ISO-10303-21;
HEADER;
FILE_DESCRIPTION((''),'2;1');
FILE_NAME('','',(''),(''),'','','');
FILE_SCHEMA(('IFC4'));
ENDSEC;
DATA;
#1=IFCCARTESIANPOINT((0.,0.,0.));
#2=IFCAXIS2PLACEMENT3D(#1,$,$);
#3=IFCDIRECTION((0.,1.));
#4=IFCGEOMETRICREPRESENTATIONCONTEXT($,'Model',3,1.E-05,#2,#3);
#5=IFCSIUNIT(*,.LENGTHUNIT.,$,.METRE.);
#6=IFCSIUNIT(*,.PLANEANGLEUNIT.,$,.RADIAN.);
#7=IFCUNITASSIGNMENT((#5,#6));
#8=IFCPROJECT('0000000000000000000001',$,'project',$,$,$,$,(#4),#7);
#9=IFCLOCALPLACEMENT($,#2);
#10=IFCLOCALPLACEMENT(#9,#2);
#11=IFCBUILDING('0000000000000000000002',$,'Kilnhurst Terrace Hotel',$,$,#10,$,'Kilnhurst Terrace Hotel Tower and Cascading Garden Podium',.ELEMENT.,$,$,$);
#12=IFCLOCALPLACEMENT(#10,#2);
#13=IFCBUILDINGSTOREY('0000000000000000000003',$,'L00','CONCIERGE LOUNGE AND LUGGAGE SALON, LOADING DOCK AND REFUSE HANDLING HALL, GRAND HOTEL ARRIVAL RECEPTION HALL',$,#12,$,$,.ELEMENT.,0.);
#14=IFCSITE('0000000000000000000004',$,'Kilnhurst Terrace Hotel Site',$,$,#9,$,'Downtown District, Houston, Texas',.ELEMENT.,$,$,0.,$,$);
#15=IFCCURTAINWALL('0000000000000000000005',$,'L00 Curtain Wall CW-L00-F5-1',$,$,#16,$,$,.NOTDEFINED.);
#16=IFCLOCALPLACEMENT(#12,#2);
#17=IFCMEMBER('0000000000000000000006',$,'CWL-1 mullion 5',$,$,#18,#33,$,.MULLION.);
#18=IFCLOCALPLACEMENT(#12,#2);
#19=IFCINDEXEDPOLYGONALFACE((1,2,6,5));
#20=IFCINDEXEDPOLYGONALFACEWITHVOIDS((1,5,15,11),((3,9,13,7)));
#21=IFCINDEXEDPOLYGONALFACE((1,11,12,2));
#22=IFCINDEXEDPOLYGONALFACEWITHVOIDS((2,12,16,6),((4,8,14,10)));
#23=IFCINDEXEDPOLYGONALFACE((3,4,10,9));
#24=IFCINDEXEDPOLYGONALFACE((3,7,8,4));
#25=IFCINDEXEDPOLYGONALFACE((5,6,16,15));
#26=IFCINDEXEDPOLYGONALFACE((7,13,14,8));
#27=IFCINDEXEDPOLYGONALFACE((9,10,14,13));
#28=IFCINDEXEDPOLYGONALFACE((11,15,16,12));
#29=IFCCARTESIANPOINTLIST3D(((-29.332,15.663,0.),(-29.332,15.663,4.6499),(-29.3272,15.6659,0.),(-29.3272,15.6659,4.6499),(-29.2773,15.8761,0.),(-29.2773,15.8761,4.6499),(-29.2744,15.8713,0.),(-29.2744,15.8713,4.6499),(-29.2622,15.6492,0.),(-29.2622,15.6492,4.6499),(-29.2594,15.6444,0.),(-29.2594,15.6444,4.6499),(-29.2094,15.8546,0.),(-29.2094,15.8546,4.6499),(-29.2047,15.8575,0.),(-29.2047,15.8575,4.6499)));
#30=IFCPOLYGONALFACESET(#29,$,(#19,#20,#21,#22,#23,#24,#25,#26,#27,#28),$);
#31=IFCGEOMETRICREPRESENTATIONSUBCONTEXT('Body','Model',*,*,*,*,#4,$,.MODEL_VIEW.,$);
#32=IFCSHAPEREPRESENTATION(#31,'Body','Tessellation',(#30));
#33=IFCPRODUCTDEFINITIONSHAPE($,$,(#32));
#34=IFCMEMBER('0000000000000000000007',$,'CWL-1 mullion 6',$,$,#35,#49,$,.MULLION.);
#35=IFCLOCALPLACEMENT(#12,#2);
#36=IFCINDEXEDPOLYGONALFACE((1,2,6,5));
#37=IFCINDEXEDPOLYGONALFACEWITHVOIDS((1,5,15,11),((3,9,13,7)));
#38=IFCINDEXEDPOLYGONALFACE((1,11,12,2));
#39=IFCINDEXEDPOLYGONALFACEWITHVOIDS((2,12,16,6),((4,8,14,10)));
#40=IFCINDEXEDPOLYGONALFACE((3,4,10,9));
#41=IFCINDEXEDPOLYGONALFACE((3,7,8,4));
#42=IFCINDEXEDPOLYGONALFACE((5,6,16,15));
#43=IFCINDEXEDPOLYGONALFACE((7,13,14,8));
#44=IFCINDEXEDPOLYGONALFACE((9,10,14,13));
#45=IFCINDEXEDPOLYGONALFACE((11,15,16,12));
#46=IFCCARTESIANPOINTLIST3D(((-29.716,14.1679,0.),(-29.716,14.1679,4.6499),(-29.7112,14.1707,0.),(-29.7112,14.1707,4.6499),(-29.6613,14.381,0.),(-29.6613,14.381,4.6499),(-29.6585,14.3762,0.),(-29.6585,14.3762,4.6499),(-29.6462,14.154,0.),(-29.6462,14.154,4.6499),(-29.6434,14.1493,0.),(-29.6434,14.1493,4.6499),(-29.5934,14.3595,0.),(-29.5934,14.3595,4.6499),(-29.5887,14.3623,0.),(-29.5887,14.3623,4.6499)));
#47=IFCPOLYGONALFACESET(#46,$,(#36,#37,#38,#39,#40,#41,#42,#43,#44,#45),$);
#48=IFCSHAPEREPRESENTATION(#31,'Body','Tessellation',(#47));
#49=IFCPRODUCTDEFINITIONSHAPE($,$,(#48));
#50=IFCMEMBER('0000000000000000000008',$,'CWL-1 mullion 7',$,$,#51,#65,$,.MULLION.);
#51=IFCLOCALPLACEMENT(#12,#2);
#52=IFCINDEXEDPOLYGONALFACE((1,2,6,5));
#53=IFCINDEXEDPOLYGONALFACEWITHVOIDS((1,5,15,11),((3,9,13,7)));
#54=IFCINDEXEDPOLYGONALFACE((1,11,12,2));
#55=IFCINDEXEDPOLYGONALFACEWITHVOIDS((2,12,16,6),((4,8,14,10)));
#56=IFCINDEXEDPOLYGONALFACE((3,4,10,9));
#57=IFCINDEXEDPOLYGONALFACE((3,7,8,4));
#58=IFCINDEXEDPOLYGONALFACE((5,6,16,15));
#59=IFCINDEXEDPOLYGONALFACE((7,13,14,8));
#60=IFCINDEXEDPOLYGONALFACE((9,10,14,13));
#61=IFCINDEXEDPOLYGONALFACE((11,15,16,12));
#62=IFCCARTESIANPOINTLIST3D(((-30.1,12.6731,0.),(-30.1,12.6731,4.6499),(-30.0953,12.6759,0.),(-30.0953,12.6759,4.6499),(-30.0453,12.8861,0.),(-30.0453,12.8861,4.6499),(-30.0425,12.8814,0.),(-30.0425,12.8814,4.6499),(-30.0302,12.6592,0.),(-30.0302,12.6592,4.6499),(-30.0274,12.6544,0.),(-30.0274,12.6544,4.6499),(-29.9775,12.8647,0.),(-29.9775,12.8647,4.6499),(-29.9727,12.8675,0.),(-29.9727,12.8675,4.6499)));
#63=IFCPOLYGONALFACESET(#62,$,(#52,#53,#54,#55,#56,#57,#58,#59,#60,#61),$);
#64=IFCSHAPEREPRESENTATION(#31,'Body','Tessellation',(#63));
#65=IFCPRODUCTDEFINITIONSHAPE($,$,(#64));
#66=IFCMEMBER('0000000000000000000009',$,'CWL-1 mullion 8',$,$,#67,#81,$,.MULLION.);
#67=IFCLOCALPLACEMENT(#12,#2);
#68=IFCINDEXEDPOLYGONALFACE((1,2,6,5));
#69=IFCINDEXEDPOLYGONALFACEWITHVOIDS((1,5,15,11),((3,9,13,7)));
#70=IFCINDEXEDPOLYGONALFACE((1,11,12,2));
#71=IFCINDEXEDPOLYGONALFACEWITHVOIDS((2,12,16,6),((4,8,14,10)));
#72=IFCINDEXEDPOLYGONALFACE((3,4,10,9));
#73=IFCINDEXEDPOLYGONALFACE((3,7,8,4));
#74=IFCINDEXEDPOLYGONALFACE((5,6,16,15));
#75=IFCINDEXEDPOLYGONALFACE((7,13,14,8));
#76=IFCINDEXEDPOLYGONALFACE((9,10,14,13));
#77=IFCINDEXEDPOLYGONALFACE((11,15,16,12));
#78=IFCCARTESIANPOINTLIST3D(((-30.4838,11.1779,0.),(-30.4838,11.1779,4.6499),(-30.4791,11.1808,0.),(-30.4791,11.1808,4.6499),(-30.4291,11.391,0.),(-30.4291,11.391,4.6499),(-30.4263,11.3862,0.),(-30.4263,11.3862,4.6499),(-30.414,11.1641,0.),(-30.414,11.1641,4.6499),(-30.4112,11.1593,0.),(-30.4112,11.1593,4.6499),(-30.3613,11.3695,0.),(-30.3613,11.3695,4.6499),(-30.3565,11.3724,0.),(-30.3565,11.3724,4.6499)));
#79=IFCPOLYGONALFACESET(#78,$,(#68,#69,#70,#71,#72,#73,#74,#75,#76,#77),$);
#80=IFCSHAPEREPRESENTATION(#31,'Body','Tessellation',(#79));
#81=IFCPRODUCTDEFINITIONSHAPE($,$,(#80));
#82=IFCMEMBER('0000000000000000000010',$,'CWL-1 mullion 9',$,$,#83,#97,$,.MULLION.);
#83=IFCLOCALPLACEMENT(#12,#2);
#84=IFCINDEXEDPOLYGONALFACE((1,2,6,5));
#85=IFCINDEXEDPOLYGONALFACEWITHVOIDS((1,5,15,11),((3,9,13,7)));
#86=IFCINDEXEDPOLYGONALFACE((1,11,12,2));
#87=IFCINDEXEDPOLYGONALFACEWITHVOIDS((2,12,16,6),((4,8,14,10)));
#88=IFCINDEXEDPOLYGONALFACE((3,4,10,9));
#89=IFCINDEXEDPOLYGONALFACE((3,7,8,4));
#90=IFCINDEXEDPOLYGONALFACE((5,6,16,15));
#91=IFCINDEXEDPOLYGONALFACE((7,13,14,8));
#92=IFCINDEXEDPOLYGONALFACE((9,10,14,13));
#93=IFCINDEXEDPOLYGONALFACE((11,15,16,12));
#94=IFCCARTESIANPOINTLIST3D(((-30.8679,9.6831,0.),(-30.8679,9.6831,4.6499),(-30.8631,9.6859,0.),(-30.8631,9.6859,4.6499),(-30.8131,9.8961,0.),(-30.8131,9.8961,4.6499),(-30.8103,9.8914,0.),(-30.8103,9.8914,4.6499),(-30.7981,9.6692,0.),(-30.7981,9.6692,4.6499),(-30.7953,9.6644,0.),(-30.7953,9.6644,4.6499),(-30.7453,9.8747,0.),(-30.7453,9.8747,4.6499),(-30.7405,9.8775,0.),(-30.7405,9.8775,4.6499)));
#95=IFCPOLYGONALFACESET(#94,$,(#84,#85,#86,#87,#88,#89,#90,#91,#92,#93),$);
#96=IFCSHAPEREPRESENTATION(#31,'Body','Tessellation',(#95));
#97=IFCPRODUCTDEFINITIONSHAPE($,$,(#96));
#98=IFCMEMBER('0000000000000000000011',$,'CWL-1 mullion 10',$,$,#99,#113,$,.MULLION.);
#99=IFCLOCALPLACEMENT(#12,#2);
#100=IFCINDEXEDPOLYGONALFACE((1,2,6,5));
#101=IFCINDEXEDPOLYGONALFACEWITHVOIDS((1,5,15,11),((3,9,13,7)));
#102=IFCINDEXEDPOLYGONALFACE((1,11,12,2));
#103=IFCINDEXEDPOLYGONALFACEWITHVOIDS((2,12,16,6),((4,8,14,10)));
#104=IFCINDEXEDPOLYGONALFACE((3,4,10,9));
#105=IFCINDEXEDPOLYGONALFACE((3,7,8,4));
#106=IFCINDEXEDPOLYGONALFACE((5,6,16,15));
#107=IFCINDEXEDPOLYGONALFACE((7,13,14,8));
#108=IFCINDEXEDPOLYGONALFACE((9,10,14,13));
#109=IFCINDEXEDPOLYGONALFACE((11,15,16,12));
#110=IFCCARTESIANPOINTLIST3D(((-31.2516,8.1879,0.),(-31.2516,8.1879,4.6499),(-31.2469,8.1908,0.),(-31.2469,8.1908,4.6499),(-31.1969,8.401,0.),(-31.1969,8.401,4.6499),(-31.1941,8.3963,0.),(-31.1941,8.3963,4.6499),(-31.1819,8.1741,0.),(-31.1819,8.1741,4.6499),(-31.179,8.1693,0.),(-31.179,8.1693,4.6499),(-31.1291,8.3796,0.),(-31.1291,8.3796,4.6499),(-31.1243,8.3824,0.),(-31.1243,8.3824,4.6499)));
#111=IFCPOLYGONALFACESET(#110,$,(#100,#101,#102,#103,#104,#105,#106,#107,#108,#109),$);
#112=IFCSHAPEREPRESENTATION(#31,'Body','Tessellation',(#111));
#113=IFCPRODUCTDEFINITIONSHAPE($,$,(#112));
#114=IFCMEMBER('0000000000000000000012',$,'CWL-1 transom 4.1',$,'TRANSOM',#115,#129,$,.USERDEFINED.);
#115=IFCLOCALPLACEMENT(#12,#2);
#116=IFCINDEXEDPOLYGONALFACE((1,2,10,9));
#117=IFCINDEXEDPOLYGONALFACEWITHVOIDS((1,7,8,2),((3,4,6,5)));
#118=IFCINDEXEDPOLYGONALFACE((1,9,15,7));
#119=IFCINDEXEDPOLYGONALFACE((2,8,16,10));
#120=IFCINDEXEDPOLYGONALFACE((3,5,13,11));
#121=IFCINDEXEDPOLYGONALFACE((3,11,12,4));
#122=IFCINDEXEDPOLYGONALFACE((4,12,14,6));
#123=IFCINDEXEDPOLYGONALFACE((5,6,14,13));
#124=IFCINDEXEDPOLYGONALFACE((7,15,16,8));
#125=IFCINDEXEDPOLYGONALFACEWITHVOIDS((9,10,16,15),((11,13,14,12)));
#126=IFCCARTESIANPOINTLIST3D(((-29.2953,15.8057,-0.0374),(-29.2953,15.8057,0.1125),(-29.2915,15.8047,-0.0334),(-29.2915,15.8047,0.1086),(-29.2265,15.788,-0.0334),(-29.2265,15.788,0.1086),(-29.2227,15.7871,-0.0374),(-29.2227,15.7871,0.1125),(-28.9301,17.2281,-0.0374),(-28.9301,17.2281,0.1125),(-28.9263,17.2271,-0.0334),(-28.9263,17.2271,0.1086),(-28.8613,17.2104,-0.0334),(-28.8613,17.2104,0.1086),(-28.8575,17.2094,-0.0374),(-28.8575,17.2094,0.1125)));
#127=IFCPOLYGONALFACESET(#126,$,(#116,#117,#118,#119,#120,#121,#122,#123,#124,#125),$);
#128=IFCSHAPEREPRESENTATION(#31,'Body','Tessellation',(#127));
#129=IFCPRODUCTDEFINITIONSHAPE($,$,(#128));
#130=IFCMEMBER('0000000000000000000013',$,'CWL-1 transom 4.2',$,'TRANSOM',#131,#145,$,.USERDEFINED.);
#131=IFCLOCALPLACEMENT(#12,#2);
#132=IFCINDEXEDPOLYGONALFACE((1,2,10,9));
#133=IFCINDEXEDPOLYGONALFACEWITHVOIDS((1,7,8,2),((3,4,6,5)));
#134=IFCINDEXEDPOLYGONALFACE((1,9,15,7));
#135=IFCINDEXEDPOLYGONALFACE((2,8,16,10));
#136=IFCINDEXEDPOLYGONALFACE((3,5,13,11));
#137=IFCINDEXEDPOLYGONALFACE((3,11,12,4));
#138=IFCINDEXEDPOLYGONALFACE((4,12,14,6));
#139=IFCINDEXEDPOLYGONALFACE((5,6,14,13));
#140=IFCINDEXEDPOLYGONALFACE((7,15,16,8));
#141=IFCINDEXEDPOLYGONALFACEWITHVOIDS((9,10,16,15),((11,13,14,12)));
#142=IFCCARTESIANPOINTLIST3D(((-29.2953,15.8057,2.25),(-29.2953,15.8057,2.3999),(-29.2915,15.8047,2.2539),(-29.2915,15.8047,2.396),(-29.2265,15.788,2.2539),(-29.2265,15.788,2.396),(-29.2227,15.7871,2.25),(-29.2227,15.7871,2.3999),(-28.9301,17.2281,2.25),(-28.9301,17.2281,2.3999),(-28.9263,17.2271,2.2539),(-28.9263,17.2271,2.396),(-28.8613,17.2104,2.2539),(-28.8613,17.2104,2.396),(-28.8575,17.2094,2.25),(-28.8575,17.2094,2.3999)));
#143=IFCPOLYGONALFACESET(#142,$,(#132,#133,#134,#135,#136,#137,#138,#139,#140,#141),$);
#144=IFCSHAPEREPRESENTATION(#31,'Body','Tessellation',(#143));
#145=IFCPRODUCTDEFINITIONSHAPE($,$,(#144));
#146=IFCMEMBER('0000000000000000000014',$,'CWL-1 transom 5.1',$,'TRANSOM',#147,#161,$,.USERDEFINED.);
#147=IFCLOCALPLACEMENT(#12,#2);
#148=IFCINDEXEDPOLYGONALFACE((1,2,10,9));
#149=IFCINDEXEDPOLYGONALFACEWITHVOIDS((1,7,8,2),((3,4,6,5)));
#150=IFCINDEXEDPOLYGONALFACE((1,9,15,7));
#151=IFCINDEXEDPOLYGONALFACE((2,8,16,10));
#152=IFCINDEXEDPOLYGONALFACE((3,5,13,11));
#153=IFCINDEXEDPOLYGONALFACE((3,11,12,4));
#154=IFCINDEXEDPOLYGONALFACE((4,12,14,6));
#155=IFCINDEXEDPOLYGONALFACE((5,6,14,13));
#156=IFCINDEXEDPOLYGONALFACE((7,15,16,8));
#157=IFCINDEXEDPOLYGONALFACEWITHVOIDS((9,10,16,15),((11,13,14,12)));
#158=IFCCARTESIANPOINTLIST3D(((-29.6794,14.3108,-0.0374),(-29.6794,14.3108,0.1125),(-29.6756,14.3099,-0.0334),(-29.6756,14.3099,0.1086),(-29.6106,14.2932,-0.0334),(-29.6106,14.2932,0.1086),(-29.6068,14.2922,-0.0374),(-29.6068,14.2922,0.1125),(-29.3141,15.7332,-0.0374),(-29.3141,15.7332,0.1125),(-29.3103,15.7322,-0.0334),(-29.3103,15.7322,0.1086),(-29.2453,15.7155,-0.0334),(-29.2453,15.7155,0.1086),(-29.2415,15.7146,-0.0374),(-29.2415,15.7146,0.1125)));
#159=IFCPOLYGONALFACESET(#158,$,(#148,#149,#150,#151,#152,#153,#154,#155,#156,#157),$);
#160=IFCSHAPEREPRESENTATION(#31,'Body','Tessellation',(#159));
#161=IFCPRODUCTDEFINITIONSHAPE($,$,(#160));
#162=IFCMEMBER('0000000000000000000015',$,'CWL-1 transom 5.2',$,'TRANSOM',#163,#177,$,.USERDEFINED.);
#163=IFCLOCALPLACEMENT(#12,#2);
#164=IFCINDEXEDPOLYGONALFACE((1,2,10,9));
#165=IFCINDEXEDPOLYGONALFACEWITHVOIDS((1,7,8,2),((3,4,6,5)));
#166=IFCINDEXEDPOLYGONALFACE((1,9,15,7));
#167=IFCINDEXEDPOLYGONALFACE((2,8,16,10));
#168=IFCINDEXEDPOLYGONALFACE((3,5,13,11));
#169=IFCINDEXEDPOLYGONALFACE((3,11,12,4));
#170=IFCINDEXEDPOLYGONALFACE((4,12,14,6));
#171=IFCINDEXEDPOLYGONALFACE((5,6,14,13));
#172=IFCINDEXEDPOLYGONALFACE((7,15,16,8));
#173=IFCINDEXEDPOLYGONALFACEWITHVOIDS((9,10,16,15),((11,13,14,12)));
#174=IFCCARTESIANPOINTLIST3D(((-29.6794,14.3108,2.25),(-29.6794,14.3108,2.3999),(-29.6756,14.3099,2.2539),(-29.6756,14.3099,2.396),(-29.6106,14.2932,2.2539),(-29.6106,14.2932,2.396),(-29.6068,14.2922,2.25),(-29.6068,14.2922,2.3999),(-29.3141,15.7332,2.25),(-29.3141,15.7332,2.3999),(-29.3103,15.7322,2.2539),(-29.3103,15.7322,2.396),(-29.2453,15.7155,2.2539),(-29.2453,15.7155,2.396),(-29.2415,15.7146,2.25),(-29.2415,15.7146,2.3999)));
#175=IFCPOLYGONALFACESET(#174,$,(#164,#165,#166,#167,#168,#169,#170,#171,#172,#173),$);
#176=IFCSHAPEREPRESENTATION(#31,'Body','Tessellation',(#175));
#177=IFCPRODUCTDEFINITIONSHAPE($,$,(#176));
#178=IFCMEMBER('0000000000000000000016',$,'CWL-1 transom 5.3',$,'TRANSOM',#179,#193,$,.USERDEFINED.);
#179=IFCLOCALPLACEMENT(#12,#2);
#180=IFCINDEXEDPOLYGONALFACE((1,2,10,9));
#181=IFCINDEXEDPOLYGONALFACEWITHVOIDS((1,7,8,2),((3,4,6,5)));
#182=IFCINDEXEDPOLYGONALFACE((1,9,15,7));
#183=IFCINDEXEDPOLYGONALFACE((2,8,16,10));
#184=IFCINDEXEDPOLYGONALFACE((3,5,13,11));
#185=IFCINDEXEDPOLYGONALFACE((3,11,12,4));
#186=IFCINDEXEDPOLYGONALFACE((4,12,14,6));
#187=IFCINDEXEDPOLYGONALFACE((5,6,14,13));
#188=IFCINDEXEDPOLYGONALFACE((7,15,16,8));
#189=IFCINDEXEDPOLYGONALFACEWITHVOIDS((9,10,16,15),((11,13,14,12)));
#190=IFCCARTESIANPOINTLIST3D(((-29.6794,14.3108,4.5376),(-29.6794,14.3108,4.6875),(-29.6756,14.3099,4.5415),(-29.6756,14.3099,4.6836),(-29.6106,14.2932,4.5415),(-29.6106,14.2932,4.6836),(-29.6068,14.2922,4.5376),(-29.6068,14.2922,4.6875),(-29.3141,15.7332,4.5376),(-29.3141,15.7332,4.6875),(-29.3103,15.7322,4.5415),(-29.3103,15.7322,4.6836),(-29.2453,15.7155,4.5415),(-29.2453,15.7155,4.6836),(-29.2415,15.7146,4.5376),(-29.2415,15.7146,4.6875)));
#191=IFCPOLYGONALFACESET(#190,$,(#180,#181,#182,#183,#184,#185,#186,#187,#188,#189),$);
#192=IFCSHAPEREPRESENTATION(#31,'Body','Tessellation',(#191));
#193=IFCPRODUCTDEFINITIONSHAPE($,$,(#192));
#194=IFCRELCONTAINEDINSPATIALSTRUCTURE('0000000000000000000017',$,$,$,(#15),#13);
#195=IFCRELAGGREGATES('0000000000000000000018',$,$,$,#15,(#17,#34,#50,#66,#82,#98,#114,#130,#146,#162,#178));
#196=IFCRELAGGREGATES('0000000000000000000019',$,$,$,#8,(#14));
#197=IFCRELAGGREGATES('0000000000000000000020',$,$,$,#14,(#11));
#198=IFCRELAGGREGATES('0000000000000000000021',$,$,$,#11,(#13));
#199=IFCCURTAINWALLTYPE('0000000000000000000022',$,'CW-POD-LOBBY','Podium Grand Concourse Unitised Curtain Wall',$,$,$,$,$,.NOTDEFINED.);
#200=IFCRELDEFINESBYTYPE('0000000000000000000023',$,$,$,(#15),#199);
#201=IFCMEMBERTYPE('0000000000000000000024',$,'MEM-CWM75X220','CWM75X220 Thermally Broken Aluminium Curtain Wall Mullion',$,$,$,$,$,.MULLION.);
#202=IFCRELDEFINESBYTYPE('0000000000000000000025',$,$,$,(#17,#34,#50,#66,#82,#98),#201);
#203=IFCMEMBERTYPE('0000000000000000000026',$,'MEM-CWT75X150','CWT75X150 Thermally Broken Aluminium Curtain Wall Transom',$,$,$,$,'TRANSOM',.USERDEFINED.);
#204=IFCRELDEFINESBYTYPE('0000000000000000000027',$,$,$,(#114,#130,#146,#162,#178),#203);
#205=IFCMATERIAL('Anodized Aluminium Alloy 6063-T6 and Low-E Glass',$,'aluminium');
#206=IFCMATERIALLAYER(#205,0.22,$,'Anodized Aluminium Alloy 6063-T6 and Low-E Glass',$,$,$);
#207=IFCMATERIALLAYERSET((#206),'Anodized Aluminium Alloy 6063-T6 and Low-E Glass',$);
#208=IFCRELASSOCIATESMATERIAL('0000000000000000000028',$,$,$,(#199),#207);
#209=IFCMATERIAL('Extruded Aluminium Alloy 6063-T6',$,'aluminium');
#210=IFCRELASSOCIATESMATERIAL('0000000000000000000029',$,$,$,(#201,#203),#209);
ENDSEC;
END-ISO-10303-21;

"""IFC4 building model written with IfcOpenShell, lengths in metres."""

from ifc_helpers import new_model, si_unit, direction, frame, origin, origin_2d, place, context, subcontext, project, spatial, hollow_rectangle, extrude, material, layer, layer_set, material_profile, profile_set, type_object, element, aggregate, save


model = new_model("IFC4")

# Units and contexts
model_context = context("Model", 3, precision=1e-05, world=origin(), true_north=direction((0.0, 1.0)))
body_context = subcontext(model_context, "Body", "Model", "MODEL_VIEW")
ifc_project = project(units=[si_unit("LENGTHUNIT", "METRE"), si_unit("PLANEANGLEUNIT", "RADIAN")], contexts=[model_context])

# Site, building, storey
site_placement = place(None, origin())
site = spatial("IfcSite", under=ifc_project, at=site_placement, Name="Kilnhurst Terrace Hotel Site", LongName="Downtown District, Houston, Texas", CompositionType="ELEMENT", RefElevation=0.0)
building_placement = place(site_placement, origin())
building = spatial("IfcBuilding", under=site, at=building_placement, Name="Kilnhurst Terrace Hotel", LongName="Kilnhurst Terrace Hotel Tower and Cascading Garden Podium", CompositionType="ELEMENT")
storey_placement = place(building_placement, origin())
storey = spatial("IfcBuildingStorey", under=building, at=storey_placement, Name="L00", Description="CONCIERGE LOUNGE AND LUGGAGE SALON, LOADING DOCK AND REFUSE HANDLING HALL, GRAND HOTEL ARRIVAL RECEPTION HALL", CompositionType="ELEMENT", Elevation=0.0)

# Curtain wall, members
ifc_material_1 = material(Name="Anodized Aluminium Alloy 6063-T6 and Low-E Glass", Category="aluminium")
ifc_layer_1 = layer(ifc_material_1, 0.22, Name="Anodized Aluminium Alloy 6063-T6 and Low-E Glass")
ifc_layer_set_1 = layer_set([ifc_layer_1], Name="Anodized Aluminium Alloy 6063-T6 and Low-E Glass")
curtain_wall_type = type_object("IfcCurtainWallType", Name="CW-POD-LOBBY", Description="Podium Grand Concourse Unitised Curtain Wall", PredefinedType="NOTDEFINED", material=ifc_layer_set_1)
curtain_wall_placement = place(storey_placement, origin())
curtain_wall = element("IfcCurtainWall", 1, at=curtain_wall_placement, inside=storey, type_object=curtain_wall_type, Name="L00 Curtain Wall CW-L00-F5-1", PredefinedType="NOTDEFINED")
ifc_material_2 = material(Name="Extruded Aluminium Alloy 6063-T6", Category="aluminium")
ifc_material_profile_1 = material_profile(ifc_material_2, hollow_rectangle(XDim=0.075, YDim=0.22, WallThickness=0.0039, at=origin_2d()), Name="CWM75X220")
ifc_profile_set_1 = profile_set([ifc_material_profile_1], Name="Extruded Aluminium Alloy 6063-T6")
member_type_1 = type_object("IfcMemberType", Name="MEM-CWM75X220", Description="CWM75X220 Thermally Broken Aluminium Curtain Wall Mullion", PredefinedType="MULLION", material=ifc_profile_set_1)
member_1_placement = place(storey_placement, frame((-29.2683, 15.7603, 0.0), z_axis=(0.0, 0.0, 1.0), x_axis=(0.96857, -0.24874, 0.0)))
member_1 = element("IfcMember", 2, at=member_1_placement, type_object=member_type_1, Name="CWL-1 mullion 5", PredefinedType="MULLION", context=body_context, shape_type="SweptSolid", body=[
    extrude(hollow_rectangle(XDim=0.075, YDim=0.22, WallThickness=0.0039, at=origin_2d()), origin(), (0.0, 0.0, 1.0), 4.6499),
])
member_2_placement = place(storey_placement, frame((-29.6523, 14.2651, 0.0), z_axis=(0.0, 0.0, 1.0), x_axis=(0.96857, -0.24874, 0.0)))
member_2 = element("IfcMember", 3, at=member_2_placement, type_object=member_type_1, Name="CWL-1 mullion 6", PredefinedType="MULLION", context=body_context, shape_type="SweptSolid", body=[
    extrude(hollow_rectangle(XDim=0.075, YDim=0.22, WallThickness=0.0039, at=origin_2d()), origin(), (0.0, 0.0, 1.0), 4.6499),
])
member_3_placement = place(storey_placement, frame((-30.0364, 12.7703, 0.0), z_axis=(0.0, 0.0, 1.0), x_axis=(0.96857, -0.24874, 0.0)))
member_3 = element("IfcMember", 4, at=member_3_placement, type_object=member_type_1, Name="CWL-1 mullion 7", PredefinedType="MULLION", context=body_context, shape_type="SweptSolid", body=[
    extrude(hollow_rectangle(XDim=0.075, YDim=0.22, WallThickness=0.0039, at=origin_2d()), origin(), (0.0, 0.0, 1.0), 4.6499),
])
member_4_placement = place(storey_placement, frame((-30.4202, 11.2751, 0.0), z_axis=(0.0, 0.0, 1.0), x_axis=(0.96857, -0.24874, 0.0)))
member_4 = element("IfcMember", 5, at=member_4_placement, type_object=member_type_1, Name="CWL-1 mullion 8", PredefinedType="MULLION", context=body_context, shape_type="SweptSolid", body=[
    extrude(hollow_rectangle(XDim=0.075, YDim=0.22, WallThickness=0.0039, at=origin_2d()), origin(), (0.0, 0.0, 1.0), 4.6499),
])
member_5_placement = place(storey_placement, frame((-30.8042, 9.7803, 0.0), z_axis=(0.0, 0.0, 1.0), x_axis=(0.96857, -0.24874, 0.0)))
member_5 = element("IfcMember", 6, at=member_5_placement, type_object=member_type_1, Name="CWL-1 mullion 9", PredefinedType="MULLION", context=body_context, shape_type="SweptSolid", body=[
    extrude(hollow_rectangle(XDim=0.075, YDim=0.22, WallThickness=0.0039, at=origin_2d()), origin(), (0.0, 0.0, 1.0), 4.6499),
])
member_6_placement = place(storey_placement, frame((-31.188, 8.2852, 0.0), z_axis=(0.0, 0.0, 1.0), x_axis=(0.96857, -0.24874, 0.0)))
member_6 = element("IfcMember", 7, at=member_6_placement, type_object=member_type_1, Name="CWL-1 mullion 10", PredefinedType="MULLION", context=body_context, shape_type="SweptSolid", body=[
    extrude(hollow_rectangle(XDim=0.075, YDim=0.22, WallThickness=0.0039, at=origin_2d()), origin(), (0.0, 0.0, 1.0), 4.6499),
])
ifc_material_profile_2 = material_profile(ifc_material_2, hollow_rectangle(XDim=0.075, YDim=0.1499, WallThickness=0.0039, at=origin_2d()), Name="CWT75X150")
ifc_profile_set_2 = profile_set([ifc_material_profile_2], Name="Extruded Aluminium Alloy 6063-T6")
member_type_2 = type_object("IfcMemberType", Name="MEM-CWT75X150", Description="CWT75X150 Thermally Broken Aluminium Curtain Wall Transom", ElementType="TRANSOM", PredefinedType="USERDEFINED", material=ifc_profile_set_2)
member_7_placement = place(storey_placement, frame((-28.8938, 17.2188, 0.0376), z_axis=(-0.248711, -0.968578, 0.0), x_axis=(0.968578, -0.248711, 0.0)))
member_7 = element("IfcMember", 8, at=member_7_placement, type_object=member_type_2, Name="CWL-1 transom 4.1", ObjectType="TRANSOM", PredefinedType="USERDEFINED", context=body_context, shape_type="SweptSolid", body=[
    extrude(hollow_rectangle(XDim=0.075, YDim=0.1499, WallThickness=0.0039, at=origin_2d()), origin(), (0.0, 0.0, 1.0), 1.4685),
])
member_8_placement = place(storey_placement, frame((-28.8938, 17.2188, 2.325), z_axis=(-0.248711, -0.968578, 0.0), x_axis=(0.968578, -0.248711, 0.0)))
member_8 = element("IfcMember", 9, at=member_8_placement, type_object=member_type_2, Name="CWL-1 transom 4.2", ObjectType="TRANSOM", PredefinedType="USERDEFINED", context=body_context, shape_type="SweptSolid", body=[
    extrude(hollow_rectangle(XDim=0.075, YDim=0.1499, WallThickness=0.0039, at=origin_2d()), origin(), (0.0, 0.0, 1.0), 1.4685),
])
member_9_placement = place(storey_placement, frame((-29.2778, 15.7239, 0.0376), z_axis=(-0.248711, -0.968578, 0.0), x_axis=(0.968578, -0.248711, 0.0)))
member_9 = element("IfcMember", 10, at=member_9_placement, type_object=member_type_2, Name="CWL-1 transom 5.1", ObjectType="TRANSOM", PredefinedType="USERDEFINED", context=body_context, shape_type="SweptSolid", body=[
    extrude(hollow_rectangle(XDim=0.075, YDim=0.1499, WallThickness=0.0039, at=origin_2d()), origin(), (0.0, 0.0, 1.0), 1.4685),
])
member_10_placement = place(storey_placement, frame((-29.2778, 15.7239, 2.325), z_axis=(-0.248711, -0.968578, 0.0), x_axis=(0.968578, -0.248711, 0.0)))
member_10 = element("IfcMember", 11, at=member_10_placement, type_object=member_type_2, Name="CWL-1 transom 5.2", ObjectType="TRANSOM", PredefinedType="USERDEFINED", context=body_context, shape_type="SweptSolid", body=[
    extrude(hollow_rectangle(XDim=0.075, YDim=0.1499, WallThickness=0.0039, at=origin_2d()), origin(), (0.0, 0.0, 1.0), 1.4685),
])
member_11_placement = place(storey_placement, frame((-29.2778, 15.7239, 4.6125), z_axis=(-0.248711, -0.968578, 0.0), x_axis=(0.968578, -0.248711, 0.0)))
member_11 = element("IfcMember", 12, at=member_11_placement, type_object=member_type_2, Name="CWL-1 transom 5.3", ObjectType="TRANSOM", PredefinedType="USERDEFINED", context=body_context, shape_type="SweptSolid", body=[
    extrude(hollow_rectangle(XDim=0.075, YDim=0.1499, WallThickness=0.0039, at=origin_2d()), origin(), (0.0, 0.0, 1.0), 1.4685),
])
aggregate(curtain_wall, [member_1, member_2, member_3, member_4, member_5, member_6, member_7, member_8, member_9, member_10, member_11])

save(model, "model.ifc")
